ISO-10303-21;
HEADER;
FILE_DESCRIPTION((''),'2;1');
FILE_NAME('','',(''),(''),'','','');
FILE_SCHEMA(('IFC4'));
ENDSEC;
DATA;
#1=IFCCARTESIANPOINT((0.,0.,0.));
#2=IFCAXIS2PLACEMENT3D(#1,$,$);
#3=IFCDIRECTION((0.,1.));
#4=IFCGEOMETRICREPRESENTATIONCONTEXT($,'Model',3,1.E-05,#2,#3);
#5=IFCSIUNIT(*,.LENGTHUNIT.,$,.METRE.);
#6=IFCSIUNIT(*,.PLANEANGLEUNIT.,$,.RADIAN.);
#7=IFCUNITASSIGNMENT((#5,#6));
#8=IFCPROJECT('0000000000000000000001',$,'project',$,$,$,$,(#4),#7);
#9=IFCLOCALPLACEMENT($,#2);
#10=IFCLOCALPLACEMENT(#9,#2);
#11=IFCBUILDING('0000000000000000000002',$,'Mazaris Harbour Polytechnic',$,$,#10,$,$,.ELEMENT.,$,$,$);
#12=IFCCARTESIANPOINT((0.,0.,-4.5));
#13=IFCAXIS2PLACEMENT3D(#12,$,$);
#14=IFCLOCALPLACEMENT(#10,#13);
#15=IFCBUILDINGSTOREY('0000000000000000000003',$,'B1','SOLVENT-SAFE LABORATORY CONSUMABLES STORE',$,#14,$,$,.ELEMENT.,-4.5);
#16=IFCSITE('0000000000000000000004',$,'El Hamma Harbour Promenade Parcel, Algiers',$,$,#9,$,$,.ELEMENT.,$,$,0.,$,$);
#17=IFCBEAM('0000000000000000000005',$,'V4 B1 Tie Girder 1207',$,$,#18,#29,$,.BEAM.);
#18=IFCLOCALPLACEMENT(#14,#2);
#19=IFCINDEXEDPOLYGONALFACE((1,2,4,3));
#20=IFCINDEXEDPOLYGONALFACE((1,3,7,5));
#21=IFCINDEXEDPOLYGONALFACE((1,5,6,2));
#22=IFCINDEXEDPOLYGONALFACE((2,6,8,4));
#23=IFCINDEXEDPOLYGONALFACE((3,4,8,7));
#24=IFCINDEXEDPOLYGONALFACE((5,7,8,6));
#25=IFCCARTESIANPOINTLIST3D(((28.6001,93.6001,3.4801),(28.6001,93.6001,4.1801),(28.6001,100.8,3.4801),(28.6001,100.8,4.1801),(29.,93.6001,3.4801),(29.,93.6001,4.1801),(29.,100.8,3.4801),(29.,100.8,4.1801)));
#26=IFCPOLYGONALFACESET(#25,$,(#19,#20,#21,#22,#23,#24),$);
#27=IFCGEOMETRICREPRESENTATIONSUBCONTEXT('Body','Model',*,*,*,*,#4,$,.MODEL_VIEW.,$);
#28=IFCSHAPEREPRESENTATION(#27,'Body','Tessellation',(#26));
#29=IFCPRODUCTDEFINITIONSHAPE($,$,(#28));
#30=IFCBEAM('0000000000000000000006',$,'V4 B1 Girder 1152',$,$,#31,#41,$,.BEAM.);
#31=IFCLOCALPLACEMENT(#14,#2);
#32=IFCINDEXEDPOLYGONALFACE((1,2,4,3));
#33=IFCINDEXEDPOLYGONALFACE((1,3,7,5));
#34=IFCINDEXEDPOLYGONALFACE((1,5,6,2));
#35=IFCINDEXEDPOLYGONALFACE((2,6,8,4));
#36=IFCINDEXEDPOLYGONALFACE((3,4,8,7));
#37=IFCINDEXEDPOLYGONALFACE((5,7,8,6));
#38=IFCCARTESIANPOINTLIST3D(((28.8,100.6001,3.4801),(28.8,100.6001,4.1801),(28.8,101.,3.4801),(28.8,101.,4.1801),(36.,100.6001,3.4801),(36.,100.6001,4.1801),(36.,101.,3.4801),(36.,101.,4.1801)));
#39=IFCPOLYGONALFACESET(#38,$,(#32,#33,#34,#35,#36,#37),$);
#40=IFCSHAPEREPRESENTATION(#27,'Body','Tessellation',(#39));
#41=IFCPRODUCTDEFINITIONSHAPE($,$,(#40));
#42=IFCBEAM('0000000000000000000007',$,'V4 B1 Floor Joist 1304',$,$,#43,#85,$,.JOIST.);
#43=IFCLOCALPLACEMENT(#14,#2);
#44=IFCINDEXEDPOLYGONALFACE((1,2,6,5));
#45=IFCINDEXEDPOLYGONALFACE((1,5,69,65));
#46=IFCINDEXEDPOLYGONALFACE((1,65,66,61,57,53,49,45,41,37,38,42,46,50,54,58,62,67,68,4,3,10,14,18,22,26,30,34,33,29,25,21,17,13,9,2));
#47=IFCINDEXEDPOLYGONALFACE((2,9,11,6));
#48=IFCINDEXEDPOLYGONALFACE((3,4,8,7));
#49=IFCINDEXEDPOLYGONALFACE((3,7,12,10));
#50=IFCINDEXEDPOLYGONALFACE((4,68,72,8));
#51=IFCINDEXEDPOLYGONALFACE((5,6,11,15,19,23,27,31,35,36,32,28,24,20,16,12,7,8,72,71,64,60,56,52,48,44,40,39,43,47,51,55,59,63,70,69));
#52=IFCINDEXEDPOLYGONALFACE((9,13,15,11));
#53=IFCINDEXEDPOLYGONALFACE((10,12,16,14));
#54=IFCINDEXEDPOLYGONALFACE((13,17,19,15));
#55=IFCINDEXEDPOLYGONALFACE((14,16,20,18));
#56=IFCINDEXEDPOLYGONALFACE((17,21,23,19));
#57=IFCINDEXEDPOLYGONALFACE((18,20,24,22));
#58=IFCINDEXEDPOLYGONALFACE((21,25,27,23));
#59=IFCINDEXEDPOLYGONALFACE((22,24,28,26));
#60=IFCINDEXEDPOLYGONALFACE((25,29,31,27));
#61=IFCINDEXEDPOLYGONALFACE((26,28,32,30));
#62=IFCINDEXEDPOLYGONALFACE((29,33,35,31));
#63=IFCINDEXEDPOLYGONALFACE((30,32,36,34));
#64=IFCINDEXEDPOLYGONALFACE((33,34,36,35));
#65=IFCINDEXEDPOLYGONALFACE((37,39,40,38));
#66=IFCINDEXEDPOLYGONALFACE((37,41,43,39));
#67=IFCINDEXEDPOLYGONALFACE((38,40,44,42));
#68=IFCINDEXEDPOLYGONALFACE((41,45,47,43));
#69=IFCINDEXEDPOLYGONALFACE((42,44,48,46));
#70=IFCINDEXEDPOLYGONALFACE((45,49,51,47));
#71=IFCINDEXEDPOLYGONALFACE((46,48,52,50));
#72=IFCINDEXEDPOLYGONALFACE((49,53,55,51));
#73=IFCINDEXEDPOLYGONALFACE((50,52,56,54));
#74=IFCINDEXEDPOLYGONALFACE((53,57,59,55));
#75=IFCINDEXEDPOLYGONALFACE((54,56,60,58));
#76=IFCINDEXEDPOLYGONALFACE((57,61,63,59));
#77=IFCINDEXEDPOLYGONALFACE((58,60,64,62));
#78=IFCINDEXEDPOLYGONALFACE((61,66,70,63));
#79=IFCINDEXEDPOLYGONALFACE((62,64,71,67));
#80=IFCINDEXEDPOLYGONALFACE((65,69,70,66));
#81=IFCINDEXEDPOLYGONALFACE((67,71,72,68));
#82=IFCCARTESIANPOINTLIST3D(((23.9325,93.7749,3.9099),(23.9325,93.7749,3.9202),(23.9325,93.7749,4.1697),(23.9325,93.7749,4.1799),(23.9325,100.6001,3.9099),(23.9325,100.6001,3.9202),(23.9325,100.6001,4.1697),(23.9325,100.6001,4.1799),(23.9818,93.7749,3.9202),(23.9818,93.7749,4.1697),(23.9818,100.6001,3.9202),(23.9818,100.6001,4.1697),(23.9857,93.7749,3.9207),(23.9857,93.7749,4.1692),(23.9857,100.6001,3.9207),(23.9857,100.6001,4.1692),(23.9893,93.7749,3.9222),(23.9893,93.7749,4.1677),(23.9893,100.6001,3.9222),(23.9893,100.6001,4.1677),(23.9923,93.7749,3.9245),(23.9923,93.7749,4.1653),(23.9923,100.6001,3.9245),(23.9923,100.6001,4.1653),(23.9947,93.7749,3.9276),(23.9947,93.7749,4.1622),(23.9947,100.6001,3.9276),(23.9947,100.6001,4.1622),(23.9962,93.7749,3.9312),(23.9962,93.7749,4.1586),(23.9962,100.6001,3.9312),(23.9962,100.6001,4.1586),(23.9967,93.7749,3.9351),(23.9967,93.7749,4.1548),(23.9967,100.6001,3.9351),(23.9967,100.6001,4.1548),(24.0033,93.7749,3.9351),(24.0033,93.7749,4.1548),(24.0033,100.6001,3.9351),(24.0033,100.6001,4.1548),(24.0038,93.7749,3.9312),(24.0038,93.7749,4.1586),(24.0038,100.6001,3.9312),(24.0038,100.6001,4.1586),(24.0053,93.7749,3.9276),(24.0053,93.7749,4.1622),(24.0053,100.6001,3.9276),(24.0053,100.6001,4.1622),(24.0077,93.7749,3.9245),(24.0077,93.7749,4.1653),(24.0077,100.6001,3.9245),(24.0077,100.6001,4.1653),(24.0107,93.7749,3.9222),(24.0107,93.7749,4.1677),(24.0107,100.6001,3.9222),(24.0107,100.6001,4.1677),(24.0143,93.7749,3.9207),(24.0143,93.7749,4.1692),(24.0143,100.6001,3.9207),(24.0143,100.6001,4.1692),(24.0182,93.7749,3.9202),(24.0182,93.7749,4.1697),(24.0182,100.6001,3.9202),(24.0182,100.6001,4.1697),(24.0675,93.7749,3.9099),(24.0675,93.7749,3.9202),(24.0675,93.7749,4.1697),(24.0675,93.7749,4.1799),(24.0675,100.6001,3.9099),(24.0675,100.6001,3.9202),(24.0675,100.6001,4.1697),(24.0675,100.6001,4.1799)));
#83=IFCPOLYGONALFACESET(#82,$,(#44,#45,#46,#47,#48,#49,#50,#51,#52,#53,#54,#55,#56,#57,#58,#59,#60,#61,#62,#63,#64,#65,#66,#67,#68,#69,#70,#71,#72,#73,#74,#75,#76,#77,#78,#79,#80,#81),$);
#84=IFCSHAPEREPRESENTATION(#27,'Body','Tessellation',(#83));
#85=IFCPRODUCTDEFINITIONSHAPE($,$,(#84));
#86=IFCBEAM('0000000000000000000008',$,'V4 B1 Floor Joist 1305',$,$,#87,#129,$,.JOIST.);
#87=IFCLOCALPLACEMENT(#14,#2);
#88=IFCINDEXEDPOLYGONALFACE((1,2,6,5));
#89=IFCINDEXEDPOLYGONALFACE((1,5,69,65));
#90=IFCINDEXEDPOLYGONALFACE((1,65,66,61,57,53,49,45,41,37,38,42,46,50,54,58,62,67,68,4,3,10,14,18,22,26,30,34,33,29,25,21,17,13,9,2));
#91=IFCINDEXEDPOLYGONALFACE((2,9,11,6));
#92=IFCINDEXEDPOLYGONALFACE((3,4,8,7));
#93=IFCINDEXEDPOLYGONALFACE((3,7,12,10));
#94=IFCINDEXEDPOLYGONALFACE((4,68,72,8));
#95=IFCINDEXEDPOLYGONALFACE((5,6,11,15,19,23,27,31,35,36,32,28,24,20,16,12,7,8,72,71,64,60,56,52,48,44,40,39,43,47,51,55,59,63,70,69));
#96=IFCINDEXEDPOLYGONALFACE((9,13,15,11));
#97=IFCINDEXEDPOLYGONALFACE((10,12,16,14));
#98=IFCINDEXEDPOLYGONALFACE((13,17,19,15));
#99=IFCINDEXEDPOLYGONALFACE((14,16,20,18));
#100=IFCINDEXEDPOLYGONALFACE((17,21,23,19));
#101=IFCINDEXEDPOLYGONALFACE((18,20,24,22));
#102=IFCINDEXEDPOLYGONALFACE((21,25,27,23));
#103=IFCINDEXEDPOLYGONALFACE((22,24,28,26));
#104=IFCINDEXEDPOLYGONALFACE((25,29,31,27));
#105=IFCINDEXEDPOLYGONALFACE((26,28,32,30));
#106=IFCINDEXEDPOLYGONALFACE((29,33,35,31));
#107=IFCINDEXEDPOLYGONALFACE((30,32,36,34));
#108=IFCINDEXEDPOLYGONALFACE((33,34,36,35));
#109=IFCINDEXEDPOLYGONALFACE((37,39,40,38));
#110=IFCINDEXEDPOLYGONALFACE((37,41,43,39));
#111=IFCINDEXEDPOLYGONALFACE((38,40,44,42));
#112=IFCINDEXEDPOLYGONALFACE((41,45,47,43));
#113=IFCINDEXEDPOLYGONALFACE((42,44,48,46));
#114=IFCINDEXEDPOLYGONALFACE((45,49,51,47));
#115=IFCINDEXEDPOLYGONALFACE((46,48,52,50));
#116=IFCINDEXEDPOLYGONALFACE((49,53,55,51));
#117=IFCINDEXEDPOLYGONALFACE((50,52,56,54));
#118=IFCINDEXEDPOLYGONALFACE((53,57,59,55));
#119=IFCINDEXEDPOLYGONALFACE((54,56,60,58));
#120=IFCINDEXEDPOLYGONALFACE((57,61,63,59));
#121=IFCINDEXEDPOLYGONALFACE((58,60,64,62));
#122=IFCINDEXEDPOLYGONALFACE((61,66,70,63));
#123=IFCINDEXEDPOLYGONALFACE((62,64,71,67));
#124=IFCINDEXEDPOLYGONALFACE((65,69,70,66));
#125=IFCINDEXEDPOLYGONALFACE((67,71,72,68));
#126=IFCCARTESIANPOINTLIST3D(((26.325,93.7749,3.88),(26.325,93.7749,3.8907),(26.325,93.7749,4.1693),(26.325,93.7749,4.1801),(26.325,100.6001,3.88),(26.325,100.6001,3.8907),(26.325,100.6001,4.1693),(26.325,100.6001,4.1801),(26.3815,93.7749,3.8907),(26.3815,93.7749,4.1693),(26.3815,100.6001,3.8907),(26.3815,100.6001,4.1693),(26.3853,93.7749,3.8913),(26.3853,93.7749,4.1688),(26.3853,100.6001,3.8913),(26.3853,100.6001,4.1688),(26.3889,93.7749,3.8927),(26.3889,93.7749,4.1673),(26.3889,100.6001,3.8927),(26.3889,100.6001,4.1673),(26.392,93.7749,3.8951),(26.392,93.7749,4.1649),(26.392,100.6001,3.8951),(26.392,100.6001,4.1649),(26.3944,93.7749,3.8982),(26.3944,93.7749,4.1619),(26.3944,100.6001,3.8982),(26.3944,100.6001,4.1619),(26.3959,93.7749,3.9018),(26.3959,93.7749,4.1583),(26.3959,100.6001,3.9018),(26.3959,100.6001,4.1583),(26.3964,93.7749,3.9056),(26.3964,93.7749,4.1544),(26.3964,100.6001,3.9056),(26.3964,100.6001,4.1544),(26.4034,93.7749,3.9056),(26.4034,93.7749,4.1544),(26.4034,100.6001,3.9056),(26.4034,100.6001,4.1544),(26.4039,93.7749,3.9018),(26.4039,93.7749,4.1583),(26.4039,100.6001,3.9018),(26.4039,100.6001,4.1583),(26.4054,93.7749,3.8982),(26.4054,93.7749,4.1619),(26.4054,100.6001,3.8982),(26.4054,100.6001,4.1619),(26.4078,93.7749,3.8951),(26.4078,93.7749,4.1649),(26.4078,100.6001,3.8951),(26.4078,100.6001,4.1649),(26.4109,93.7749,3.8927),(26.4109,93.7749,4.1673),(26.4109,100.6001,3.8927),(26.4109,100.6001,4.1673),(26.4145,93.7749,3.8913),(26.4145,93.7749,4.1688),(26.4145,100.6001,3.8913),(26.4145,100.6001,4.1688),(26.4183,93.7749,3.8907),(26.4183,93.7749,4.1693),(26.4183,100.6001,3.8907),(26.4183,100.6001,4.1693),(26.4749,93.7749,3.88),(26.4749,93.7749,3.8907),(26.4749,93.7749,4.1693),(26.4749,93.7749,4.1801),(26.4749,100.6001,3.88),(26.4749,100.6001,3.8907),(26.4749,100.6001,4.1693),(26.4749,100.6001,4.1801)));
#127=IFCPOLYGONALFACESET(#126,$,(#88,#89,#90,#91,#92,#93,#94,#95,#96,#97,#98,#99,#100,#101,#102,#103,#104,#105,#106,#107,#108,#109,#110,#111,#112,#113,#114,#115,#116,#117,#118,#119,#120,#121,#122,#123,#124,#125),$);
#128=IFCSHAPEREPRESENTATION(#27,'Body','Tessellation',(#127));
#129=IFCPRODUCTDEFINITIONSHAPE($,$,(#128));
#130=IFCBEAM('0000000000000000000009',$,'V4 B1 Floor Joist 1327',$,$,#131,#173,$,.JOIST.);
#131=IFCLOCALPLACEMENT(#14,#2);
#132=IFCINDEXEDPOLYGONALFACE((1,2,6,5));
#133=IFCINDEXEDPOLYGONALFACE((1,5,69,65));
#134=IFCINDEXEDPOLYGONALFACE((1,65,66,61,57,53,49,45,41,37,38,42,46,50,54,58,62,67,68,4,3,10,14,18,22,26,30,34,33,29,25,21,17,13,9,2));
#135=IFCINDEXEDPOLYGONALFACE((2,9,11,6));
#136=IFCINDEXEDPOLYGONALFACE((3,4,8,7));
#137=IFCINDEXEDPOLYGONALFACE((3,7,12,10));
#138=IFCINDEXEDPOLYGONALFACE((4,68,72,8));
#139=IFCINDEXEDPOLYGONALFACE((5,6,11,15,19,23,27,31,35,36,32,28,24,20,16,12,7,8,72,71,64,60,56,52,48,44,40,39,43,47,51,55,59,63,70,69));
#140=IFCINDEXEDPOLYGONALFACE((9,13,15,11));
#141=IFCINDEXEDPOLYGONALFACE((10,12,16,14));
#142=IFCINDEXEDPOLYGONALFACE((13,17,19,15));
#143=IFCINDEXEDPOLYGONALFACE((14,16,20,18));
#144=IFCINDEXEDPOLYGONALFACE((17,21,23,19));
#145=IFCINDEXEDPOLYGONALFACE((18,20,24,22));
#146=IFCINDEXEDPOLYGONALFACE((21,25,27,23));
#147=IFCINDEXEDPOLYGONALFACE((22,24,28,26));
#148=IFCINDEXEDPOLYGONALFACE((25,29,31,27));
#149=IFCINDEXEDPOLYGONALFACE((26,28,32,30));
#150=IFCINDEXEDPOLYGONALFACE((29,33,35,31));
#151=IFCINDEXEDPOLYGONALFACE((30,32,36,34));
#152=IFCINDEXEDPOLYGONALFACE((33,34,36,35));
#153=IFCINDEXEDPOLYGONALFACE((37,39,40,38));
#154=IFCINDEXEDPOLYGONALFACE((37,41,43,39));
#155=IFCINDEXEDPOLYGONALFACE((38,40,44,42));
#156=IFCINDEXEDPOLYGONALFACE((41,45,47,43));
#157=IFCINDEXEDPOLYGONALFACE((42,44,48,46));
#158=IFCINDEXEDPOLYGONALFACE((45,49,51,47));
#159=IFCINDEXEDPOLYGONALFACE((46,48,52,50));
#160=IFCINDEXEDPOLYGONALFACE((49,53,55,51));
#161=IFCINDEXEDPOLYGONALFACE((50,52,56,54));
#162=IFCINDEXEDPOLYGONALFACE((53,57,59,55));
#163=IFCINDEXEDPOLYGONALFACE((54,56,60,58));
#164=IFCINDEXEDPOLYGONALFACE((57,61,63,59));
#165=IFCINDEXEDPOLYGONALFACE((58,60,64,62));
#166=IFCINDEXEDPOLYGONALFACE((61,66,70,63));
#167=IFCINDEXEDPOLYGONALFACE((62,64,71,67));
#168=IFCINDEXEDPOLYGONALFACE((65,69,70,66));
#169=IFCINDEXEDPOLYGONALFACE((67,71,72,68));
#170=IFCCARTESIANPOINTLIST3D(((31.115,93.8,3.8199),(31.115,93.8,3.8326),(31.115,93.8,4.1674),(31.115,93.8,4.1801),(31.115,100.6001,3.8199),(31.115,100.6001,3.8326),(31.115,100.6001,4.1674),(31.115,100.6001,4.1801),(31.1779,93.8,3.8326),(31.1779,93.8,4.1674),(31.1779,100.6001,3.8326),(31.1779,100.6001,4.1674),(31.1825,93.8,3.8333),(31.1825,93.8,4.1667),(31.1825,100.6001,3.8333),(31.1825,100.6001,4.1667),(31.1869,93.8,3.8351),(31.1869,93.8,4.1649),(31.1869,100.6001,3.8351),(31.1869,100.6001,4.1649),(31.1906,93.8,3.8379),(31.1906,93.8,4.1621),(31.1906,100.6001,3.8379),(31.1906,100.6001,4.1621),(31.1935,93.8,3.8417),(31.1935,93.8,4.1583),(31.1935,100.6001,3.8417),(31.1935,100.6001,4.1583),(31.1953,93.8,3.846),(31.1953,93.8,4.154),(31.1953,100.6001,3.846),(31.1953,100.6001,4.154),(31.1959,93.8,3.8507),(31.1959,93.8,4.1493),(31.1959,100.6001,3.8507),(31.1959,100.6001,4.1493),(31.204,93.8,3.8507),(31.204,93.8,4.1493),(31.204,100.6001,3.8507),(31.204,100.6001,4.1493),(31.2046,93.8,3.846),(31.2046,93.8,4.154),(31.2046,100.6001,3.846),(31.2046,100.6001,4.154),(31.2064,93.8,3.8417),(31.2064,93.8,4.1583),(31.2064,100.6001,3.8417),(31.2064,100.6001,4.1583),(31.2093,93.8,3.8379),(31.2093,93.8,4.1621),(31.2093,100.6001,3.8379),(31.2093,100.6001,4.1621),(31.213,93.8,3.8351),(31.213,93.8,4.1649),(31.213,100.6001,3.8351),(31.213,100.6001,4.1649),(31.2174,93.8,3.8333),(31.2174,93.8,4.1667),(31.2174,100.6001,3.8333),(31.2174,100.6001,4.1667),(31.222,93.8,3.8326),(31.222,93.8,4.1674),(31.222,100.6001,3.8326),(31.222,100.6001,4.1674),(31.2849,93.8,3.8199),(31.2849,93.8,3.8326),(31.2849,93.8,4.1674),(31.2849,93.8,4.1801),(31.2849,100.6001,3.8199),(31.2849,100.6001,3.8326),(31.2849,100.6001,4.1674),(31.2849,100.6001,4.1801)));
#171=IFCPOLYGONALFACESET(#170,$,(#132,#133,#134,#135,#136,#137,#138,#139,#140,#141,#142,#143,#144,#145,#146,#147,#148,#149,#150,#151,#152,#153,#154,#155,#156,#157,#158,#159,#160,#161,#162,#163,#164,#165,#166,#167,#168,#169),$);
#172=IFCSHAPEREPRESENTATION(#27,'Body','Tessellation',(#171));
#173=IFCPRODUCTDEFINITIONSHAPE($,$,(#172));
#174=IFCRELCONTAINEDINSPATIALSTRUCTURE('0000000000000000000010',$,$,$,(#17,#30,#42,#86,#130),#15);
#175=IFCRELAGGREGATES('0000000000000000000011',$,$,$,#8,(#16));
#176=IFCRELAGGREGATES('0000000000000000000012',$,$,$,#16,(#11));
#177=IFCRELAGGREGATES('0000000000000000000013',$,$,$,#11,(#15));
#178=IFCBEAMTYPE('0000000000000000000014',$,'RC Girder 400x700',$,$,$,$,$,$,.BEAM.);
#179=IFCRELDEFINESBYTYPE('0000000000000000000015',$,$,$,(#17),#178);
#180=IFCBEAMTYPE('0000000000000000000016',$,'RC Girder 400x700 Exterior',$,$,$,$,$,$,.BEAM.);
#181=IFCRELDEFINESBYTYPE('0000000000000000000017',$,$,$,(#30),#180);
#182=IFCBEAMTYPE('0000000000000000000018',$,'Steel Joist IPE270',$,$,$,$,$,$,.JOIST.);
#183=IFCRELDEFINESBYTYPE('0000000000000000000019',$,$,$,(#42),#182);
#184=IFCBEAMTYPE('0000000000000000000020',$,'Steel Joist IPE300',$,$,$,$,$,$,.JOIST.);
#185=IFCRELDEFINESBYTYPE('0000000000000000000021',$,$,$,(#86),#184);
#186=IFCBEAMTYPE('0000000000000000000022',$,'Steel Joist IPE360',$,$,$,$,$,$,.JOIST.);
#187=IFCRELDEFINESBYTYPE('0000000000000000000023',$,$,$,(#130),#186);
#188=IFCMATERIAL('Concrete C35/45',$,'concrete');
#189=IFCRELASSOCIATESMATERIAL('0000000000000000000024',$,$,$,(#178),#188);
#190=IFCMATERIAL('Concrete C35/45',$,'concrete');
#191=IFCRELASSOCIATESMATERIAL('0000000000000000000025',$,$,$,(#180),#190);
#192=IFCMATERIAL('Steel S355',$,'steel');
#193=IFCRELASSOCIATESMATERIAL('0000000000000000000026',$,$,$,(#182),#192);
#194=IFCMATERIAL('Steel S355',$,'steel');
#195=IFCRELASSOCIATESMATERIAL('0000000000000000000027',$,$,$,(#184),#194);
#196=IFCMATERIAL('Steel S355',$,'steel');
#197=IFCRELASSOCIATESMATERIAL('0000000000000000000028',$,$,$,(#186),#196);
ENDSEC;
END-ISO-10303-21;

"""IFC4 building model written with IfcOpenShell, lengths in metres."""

from ifc_helpers import new_model, si_unit, direction, frame, origin, origin_2d, place, context, subcontext, project, spatial, rectangle, i_section, extrude, material, material_profile, profile_set, type_object, element, save


model = new_model("IFC4")

# Units and contexts
model_context = context("Model", 3, precision=1e-05, world=origin(), true_north=direction((0.0, 1.0)))
body_context = subcontext(model_context, "Body", "Model", "MODEL_VIEW")
ifc_project = project(units=[si_unit("LENGTHUNIT", "METRE"), si_unit("PLANEANGLEUNIT", "RADIAN")], contexts=[model_context])

# Site, building, storey
site_placement = place(None, origin())
site = spatial("IfcSite", under=ifc_project, at=site_placement, Name="El Hamma Harbour Promenade Parcel, Algiers", CompositionType="ELEMENT", RefElevation=0.0)
building_placement = place(site_placement, origin())
building = spatial("IfcBuilding", under=site, at=building_placement, Name="Mazaris Harbour Polytechnic", CompositionType="ELEMENT")
storey_placement = place(building_placement, frame((0.0, 0.0, -4.5)))
storey = spatial("IfcBuildingStorey", under=building, at=storey_placement, Name="B1", Description="SOLVENT-SAFE LABORATORY CONSUMABLES STORE", CompositionType="ELEMENT", Elevation=-4.5)

# Beams
ifc_material_1 = material(Name="Concrete C35/45", Category="concrete")
ifc_material_profile_1 = material_profile(ifc_material_1, rectangle(XDim=0.3999, YDim=0.7, at=origin_2d()), Name="RECT400x700")
ifc_profile_set_1 = profile_set([ifc_material_profile_1], Name="Concrete C35/45")
beam_type_1 = type_object("IfcBeamType", Name="RC Girder 400x700", PredefinedType="BEAM", material=ifc_profile_set_1)
beam_1_placement = place(storey_placement, frame((28.8, 93.6001, 3.8301), z_axis=(0.0, 1.0, 0.0), x_axis=(-1.0, 0.0, 0.0)))
element("IfcBeam", 1, at=beam_1_placement, inside=storey, type_object=beam_type_1, Name="V4 B1 Tie Girder 1207", PredefinedType="BEAM", context=body_context, shape_type="SweptSolid", body=[
    extrude(rectangle(XDim=0.3999, YDim=0.7, at=origin_2d()), origin(), (0.0, 0.0, 1.0), 7.2),
])
ifc_material_2 = material(Name="Concrete C35/45", Category="concrete")
ifc_material_profile_2 = material_profile(ifc_material_2, rectangle(XDim=0.3999, YDim=0.7, at=origin_2d()), Name="RECT400x700")
ifc_profile_set_2 = profile_set([ifc_material_profile_2], Name="Concrete C35/45")
beam_type_2 = type_object("IfcBeamType", Name="RC Girder 400x700 Exterior", PredefinedType="BEAM", material=ifc_profile_set_2)
beam_2_placement = place(storey_placement, frame((28.8, 100.8, 3.8301), z_axis=(1.0, 0.0, 0.0), x_axis=(0.0, 1.0, 0.0)))
element("IfcBeam", 2, at=beam_2_placement, inside=storey, type_object=beam_type_2, Name="V4 B1 Girder 1152", PredefinedType="BEAM", context=body_context, shape_type="SweptSolid", body=[
    extrude(rectangle(XDim=0.3999, YDim=0.7, at=origin_2d()), origin(), (0.0, 0.0, 1.0), 7.2),
])
ifc_material_3 = material(Name="Steel S355", Category="steel")
ifc_material_profile_3 = material_profile(ifc_material_3, i_section(OverallWidth=0.135, OverallDepth=0.27, WebThickness=0.0066, FlangeThickness=0.0103, FilletRadius=0.0149, at=origin_2d()), Name="IPE 270")
ifc_profile_set_3 = profile_set([ifc_material_profile_3], Name="Steel S355")
beam_type_3 = type_object("IfcBeamType", Name="Steel Joist IPE270", PredefinedType="JOIST", material=ifc_profile_set_3)
beam_3_placement = place(storey_placement, frame((24.0, 93.7749, 4.0449), z_axis=(0.0, 1.0, 0.0), x_axis=(-1.0, 0.0, 0.0)))
element("IfcBeam", 3, at=beam_3_placement, inside=storey, type_object=beam_type_3, Name="V4 B1 Floor Joist 1304", PredefinedType="JOIST", context=body_context, shape_type="SweptSolid", body=[
    extrude(i_section(OverallWidth=0.135, OverallDepth=0.27, WebThickness=0.0066, FlangeThickness=0.0103, FilletRadius=0.0149, at=origin_2d()), origin(), (0.0, 0.0, 1.0), 6.8252),
])
ifc_material_4 = material(Name="Steel S355", Category="steel")
ifc_material_profile_4 = material_profile(ifc_material_4, i_section(OverallWidth=0.1499, OverallDepth=0.3, WebThickness=0.0071, FlangeThickness=0.0107, FilletRadius=0.0149, at=origin_2d()), Name="IPE 300")
ifc_profile_set_4 = profile_set([ifc_material_profile_4], Name="Steel S355")
beam_type_4 = type_object("IfcBeamType", Name="Steel Joist IPE300", PredefinedType="JOIST", material=ifc_profile_set_4)
beam_4_placement = place(storey_placement, frame((26.3999, 93.7749, 4.03), z_axis=(0.0, 1.0, 0.0), x_axis=(-1.0, 0.0, 0.0)))
element("IfcBeam", 4, at=beam_4_placement, inside=storey, type_object=beam_type_4, Name="V4 B1 Floor Joist 1305", PredefinedType="JOIST", context=body_context, shape_type="SweptSolid", body=[
    extrude(i_section(OverallWidth=0.1499, OverallDepth=0.3, WebThickness=0.0071, FlangeThickness=0.0107, FilletRadius=0.0149, at=origin_2d()), origin(), (0.0, 0.0, 1.0), 6.8252),
])
ifc_material_5 = material(Name="Steel S355", Category="steel")
ifc_material_profile_5 = material_profile(ifc_material_5, i_section(OverallWidth=0.1699, OverallDepth=0.3601, WebThickness=0.0081, FlangeThickness=0.0127, FilletRadius=0.0181, at=origin_2d()), Name="IPE 360")
ifc_profile_set_5 = profile_set([ifc_material_profile_5], Name="Steel S355")
beam_type_5 = type_object("IfcBeamType", Name="Steel Joist IPE360", PredefinedType="JOIST", material=ifc_profile_set_5)
beam_5_placement = place(storey_placement, frame((31.2, 93.8, 4.0), z_axis=(0.0, 1.0, 0.0), x_axis=(-1.0, 0.0, 0.0)))
element("IfcBeam", 5, at=beam_5_placement, inside=storey, type_object=beam_type_5, Name="V4 B1 Floor Joist 1327", PredefinedType="JOIST", context=body_context, shape_type="SweptSolid", body=[
    extrude(i_section(OverallWidth=0.1699, OverallDepth=0.3601, WebThickness=0.0081, FlangeThickness=0.0127, FilletRadius=0.0181, at=origin_2d()), origin(), (0.0, 0.0, 1.0), 6.8),
])

save(model, "model.ifc")
